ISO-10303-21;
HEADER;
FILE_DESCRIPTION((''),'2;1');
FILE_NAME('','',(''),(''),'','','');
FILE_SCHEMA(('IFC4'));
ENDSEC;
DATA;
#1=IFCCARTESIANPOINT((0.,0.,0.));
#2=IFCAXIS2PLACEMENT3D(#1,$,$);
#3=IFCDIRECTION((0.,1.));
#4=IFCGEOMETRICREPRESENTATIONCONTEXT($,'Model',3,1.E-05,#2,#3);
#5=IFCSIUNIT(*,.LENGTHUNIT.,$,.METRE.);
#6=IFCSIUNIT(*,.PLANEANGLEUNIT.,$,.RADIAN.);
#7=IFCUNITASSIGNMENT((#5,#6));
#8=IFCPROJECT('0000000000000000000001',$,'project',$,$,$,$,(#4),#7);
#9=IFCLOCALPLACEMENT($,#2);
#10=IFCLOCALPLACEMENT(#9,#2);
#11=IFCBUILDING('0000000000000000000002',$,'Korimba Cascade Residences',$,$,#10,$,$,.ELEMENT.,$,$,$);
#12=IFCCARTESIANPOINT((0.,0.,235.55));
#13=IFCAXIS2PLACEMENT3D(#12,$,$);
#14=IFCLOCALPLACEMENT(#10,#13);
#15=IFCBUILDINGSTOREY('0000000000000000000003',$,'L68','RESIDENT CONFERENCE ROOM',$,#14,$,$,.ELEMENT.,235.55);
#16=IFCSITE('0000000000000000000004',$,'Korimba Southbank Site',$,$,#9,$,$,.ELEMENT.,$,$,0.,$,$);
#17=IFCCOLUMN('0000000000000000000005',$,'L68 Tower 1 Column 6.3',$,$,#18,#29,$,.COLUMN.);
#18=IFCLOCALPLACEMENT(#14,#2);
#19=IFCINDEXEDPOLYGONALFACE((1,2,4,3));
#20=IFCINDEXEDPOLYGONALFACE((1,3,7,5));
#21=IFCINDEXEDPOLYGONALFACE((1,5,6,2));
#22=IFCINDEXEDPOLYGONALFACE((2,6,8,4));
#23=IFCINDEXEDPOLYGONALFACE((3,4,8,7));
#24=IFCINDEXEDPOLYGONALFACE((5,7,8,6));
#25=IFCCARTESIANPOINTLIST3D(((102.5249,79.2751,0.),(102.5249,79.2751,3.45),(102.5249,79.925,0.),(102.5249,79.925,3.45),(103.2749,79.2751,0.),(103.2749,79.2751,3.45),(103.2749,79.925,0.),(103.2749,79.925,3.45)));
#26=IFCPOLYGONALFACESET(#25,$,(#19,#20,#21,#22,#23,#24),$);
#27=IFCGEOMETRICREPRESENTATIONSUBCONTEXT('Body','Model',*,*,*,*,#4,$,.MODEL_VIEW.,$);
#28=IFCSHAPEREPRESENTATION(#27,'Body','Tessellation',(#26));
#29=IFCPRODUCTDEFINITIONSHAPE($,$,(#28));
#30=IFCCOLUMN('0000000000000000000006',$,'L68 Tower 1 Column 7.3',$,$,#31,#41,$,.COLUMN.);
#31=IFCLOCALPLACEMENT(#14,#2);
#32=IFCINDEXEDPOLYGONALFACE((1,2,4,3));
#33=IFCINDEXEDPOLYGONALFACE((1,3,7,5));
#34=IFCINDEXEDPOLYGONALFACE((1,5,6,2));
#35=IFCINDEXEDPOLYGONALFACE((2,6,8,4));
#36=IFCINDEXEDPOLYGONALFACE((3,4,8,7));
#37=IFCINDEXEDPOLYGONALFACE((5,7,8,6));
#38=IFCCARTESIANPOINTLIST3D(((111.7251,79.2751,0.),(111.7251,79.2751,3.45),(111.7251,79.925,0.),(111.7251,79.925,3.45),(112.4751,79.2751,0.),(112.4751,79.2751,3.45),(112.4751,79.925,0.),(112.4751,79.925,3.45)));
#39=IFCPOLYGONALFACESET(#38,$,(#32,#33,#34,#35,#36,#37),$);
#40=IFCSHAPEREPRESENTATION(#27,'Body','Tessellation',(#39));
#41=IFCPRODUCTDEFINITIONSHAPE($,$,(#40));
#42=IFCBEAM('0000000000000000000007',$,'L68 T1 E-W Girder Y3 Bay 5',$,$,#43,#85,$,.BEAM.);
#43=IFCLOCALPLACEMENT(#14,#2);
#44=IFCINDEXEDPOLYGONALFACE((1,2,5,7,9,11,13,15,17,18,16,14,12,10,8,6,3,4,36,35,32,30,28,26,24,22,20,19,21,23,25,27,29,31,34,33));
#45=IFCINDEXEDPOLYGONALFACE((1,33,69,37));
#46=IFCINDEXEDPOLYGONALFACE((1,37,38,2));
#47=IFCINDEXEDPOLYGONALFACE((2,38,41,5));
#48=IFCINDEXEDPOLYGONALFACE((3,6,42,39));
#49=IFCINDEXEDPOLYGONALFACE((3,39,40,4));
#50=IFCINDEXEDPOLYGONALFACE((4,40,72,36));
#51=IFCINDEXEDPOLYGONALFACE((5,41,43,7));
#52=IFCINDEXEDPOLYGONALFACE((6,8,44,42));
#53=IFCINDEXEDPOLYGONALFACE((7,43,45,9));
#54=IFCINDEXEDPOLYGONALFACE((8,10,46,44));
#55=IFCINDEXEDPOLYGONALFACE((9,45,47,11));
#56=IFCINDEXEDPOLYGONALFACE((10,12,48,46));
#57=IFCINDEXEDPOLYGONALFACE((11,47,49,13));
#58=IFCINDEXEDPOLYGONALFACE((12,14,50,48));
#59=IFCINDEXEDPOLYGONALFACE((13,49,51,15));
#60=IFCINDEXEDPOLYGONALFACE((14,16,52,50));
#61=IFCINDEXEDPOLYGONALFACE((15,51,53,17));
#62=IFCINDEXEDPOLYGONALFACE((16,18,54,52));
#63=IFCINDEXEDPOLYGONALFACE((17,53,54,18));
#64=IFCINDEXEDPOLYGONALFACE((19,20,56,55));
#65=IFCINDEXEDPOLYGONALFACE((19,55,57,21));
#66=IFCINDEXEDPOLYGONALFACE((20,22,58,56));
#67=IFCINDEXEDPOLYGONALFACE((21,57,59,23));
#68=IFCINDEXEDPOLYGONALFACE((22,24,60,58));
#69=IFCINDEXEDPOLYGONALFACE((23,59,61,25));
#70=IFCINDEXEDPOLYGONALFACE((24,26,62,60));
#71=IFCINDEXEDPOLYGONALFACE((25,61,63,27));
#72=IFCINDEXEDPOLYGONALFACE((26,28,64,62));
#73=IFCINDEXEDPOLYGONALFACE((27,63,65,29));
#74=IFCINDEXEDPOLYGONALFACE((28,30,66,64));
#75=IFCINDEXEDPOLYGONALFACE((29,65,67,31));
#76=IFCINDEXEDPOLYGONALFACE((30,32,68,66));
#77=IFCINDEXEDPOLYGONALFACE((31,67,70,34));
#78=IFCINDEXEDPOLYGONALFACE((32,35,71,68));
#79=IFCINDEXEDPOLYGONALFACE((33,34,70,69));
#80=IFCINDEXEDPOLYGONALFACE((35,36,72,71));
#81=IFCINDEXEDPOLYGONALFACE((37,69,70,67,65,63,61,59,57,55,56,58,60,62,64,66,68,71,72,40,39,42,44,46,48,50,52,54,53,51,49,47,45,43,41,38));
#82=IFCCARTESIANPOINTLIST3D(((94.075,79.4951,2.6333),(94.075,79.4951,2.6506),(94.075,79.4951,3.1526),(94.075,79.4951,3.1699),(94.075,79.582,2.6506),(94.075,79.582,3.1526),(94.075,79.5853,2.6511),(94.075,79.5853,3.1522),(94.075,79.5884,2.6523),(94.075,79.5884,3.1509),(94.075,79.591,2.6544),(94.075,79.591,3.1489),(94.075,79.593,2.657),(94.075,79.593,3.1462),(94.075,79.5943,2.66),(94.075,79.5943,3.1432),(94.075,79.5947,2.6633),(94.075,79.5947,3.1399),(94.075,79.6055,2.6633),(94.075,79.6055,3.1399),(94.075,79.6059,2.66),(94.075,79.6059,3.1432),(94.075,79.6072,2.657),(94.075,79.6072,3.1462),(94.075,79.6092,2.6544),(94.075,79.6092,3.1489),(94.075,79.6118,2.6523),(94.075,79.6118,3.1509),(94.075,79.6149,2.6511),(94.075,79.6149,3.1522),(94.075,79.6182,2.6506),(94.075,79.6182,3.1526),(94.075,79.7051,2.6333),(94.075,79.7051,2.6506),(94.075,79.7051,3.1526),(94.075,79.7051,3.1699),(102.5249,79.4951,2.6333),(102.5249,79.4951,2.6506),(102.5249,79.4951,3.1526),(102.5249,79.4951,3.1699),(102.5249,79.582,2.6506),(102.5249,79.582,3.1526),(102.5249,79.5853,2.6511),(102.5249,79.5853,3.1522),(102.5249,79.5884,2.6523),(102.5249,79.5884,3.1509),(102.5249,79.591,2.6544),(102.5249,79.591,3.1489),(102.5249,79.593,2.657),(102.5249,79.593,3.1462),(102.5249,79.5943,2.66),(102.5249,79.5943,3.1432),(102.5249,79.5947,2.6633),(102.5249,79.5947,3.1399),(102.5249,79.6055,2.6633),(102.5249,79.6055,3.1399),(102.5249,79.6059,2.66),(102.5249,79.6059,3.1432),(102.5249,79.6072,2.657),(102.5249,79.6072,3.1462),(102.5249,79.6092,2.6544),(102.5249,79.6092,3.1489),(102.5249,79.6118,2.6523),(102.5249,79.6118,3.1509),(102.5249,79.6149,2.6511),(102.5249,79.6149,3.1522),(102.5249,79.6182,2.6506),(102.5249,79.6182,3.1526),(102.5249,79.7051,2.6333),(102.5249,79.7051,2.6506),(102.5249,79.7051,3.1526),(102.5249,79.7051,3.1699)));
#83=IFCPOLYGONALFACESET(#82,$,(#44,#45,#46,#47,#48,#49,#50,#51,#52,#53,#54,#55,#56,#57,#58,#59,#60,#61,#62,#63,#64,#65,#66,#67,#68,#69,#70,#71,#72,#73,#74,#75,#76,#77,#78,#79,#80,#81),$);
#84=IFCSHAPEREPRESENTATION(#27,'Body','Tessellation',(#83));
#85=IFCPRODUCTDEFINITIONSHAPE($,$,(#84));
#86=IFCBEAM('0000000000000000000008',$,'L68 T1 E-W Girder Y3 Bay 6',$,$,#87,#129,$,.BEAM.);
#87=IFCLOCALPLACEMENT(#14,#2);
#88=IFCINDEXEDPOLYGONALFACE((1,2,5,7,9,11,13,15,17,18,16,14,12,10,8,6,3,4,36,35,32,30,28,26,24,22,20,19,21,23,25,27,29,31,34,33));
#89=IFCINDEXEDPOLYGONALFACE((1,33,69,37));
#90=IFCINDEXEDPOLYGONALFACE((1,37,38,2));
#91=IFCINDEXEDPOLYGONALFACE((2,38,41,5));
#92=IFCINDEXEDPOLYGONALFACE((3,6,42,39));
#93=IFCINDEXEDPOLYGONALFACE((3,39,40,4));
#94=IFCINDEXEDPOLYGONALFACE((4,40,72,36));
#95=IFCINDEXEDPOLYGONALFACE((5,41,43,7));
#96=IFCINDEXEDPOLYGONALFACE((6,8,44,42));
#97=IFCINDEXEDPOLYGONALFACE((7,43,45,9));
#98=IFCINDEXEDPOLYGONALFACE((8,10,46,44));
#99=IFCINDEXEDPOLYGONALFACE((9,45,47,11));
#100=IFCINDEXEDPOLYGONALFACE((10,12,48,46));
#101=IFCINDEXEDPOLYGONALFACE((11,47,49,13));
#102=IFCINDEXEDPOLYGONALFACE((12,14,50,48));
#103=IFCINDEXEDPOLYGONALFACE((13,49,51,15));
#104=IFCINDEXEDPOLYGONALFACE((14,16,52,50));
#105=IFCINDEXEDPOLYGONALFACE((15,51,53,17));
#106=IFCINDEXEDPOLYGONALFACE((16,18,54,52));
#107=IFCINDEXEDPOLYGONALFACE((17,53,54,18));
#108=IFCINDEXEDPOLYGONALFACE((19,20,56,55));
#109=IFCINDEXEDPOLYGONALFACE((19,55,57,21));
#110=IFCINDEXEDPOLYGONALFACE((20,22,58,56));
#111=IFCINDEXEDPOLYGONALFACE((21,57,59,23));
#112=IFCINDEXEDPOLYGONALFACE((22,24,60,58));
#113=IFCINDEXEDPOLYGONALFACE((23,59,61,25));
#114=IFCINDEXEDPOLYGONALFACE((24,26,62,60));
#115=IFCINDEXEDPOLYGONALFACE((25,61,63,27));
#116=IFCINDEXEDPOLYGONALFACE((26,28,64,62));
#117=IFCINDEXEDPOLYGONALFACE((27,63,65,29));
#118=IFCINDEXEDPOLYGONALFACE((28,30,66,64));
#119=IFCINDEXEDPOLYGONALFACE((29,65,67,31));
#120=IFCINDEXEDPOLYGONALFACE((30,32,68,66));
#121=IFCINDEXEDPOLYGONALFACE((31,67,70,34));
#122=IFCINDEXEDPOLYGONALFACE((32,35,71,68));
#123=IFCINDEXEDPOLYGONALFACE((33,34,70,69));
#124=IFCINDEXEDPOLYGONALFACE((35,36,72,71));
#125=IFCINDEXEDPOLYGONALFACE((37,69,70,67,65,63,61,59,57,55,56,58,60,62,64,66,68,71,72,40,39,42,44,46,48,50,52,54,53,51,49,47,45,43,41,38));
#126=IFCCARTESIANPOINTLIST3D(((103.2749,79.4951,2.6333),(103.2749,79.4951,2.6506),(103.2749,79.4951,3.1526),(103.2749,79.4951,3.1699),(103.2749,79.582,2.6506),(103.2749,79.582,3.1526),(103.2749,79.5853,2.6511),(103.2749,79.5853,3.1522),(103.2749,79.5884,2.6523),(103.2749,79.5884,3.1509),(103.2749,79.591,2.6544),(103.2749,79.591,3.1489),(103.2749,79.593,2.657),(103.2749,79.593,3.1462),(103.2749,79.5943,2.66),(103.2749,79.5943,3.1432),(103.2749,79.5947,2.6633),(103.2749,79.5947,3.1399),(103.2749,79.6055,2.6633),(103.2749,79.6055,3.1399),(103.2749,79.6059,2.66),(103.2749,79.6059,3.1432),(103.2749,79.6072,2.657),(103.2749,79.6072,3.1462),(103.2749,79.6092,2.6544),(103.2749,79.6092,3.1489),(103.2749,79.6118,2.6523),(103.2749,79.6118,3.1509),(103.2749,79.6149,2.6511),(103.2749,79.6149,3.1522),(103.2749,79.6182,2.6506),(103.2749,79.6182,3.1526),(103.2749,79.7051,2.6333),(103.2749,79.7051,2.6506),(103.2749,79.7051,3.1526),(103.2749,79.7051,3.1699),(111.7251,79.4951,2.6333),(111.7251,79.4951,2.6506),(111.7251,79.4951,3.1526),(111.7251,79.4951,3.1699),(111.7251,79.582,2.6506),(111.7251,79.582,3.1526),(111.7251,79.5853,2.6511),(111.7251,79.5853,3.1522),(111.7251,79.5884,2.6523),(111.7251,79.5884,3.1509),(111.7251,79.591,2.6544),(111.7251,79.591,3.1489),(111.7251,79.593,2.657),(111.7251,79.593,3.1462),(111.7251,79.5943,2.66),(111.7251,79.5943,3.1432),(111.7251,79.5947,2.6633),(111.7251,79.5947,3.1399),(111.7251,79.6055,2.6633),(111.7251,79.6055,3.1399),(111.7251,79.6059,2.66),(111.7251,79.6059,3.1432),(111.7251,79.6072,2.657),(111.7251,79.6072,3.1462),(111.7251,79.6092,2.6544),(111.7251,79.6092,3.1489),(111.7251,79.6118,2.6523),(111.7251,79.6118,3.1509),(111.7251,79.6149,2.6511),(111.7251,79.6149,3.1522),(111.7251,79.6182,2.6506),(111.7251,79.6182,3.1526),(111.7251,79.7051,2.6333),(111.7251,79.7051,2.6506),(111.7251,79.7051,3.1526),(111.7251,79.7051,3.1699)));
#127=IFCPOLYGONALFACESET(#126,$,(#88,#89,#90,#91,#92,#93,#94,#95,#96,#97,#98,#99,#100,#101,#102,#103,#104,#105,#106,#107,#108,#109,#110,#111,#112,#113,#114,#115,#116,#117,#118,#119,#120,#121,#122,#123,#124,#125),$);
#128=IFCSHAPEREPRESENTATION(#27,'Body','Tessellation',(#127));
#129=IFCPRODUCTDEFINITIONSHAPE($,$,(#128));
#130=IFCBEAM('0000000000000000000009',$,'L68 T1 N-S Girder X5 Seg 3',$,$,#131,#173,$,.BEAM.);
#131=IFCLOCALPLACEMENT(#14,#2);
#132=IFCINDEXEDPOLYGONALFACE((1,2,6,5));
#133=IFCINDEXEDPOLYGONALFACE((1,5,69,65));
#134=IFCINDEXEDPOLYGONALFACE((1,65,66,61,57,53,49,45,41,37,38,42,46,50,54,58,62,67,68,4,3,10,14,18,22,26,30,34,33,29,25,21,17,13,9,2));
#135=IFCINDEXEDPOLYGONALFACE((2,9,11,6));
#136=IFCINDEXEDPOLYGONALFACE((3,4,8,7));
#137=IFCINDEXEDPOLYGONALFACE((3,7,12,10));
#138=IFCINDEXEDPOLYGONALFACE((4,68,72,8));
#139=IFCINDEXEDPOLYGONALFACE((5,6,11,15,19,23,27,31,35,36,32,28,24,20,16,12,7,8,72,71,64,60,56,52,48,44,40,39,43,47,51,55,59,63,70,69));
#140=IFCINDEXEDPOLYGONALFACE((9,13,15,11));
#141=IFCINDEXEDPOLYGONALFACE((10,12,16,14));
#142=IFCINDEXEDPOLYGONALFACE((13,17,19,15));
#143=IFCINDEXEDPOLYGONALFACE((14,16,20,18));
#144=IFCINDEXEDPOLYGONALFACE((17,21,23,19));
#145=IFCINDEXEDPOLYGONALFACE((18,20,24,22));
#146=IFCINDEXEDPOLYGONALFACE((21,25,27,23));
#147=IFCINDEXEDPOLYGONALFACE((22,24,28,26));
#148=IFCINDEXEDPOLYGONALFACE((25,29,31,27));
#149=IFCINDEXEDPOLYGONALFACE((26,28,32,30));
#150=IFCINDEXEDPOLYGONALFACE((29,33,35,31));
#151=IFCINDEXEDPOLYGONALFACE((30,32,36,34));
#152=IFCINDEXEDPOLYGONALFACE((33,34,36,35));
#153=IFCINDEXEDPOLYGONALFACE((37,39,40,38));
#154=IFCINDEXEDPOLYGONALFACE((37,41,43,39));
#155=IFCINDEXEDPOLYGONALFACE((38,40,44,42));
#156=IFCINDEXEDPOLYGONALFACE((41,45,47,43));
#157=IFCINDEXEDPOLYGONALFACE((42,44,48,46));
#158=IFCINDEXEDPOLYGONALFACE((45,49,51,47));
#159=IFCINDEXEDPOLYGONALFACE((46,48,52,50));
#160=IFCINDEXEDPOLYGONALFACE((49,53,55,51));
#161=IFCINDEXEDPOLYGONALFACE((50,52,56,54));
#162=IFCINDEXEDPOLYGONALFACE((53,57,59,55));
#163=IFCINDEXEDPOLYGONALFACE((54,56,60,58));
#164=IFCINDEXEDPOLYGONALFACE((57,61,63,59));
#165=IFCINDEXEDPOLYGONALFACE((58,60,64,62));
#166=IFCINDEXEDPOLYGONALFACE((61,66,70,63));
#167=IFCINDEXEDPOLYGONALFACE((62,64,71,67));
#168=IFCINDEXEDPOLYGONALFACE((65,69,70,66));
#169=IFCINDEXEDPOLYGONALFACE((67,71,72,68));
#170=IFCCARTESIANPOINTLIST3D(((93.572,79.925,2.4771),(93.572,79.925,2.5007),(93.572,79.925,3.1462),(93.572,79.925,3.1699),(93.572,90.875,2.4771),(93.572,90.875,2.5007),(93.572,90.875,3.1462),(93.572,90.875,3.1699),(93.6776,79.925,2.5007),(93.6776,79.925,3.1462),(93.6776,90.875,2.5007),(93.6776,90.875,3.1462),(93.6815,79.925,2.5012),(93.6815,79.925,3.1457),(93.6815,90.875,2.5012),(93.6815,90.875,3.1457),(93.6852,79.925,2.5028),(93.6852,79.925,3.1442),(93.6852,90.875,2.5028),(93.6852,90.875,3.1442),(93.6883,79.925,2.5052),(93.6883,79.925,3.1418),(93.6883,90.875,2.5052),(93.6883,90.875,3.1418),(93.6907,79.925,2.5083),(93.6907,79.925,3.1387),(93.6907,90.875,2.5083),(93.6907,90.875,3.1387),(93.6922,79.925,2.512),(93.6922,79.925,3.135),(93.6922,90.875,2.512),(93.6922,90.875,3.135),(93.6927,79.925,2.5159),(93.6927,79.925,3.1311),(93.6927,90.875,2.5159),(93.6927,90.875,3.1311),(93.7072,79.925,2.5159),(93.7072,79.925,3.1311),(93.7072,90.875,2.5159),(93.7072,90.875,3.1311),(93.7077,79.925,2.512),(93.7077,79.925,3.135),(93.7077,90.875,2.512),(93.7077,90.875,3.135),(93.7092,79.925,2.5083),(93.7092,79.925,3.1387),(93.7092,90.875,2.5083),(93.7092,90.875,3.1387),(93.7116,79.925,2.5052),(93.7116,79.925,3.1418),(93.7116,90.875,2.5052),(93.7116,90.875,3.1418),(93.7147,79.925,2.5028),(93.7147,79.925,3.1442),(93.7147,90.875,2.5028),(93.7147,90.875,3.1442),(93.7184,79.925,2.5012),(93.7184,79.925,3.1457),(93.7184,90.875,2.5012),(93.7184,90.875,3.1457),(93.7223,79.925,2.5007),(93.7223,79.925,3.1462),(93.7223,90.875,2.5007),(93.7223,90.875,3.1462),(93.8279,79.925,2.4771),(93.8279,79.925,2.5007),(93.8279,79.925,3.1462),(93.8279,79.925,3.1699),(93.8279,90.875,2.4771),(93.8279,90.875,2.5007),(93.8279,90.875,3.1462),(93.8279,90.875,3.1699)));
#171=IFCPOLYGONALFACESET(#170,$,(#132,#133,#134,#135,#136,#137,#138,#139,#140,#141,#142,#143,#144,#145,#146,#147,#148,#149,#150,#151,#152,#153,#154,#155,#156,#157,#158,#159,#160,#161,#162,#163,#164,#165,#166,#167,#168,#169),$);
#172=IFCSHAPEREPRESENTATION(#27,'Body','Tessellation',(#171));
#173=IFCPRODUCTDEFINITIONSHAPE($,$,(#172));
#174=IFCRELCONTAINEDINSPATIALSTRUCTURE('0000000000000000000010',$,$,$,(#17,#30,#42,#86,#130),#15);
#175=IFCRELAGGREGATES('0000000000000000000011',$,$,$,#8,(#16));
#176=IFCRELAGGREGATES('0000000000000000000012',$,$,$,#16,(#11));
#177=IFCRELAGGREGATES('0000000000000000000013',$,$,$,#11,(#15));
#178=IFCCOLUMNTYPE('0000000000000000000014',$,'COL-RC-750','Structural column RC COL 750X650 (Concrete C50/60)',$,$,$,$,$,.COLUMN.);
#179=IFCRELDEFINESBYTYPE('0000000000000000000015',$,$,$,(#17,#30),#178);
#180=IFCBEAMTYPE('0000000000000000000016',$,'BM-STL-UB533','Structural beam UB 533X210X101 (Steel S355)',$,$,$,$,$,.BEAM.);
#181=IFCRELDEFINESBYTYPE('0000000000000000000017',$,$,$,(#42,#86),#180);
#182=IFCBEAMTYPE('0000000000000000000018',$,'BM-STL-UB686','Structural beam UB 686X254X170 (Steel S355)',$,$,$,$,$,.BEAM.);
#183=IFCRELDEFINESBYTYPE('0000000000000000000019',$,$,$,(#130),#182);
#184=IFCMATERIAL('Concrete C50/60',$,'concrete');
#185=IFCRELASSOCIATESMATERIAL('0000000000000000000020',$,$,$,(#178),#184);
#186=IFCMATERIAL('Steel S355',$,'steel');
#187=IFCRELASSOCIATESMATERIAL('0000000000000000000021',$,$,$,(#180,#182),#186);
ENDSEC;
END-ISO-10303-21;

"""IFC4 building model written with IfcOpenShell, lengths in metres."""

from ifc_helpers import new_model, si_unit, direction, frame, origin, origin_2d, place, context, subcontext, project, spatial, rectangle, i_section, extrude, material, material_profile, profile_set, type_object, element, save


model = new_model("IFC4")

# Units and contexts
model_context = context("Model", 3, precision=1e-05, world=origin(), true_north=direction((0.0, 1.0)))
body_context = subcontext(model_context, "Body", "Model", "MODEL_VIEW")
ifc_project = project(units=[si_unit("LENGTHUNIT", "METRE"), si_unit("PLANEANGLEUNIT", "RADIAN")], contexts=[model_context])

# Site, building, storey
site_placement = place(None, origin())
site = spatial("IfcSite", under=ifc_project, at=site_placement, Name="Korimba Southbank Site", CompositionType="ELEMENT", RefElevation=0.0)
building_placement = place(site_placement, origin())
building = spatial("IfcBuilding", under=site, at=building_placement, Name="Korimba Cascade Residences", CompositionType="ELEMENT")
storey_placement = place(building_placement, frame((0.0, 0.0, 235.55)))
storey = spatial("IfcBuildingStorey", under=building, at=storey_placement, Name="L68", Description="RESIDENT CONFERENCE ROOM", CompositionType="ELEMENT", Elevation=235.55)

# Columns
ifc_material_1 = material(Name="Concrete C50/60", Category="concrete")
ifc_material_profile_1 = material_profile(ifc_material_1, rectangle(XDim=0.75, YDim=0.6499, at=origin_2d()), Name="Concrete C50/60")
ifc_profile_set_1 = profile_set([ifc_material_profile_1], Name="Concrete C50/60")
column_type = type_object("IfcColumnType", Name="COL-RC-750", Description="Structural column RC COL 750X650 (Concrete C50/60)", PredefinedType="COLUMN", material=ifc_profile_set_1)
for number, where, z_axis, x_axis, name in (
    (1, (102.8999, 79.6001, 0.0), (0.0, 0.0, 1.0), (1.0, 0.0, 0.0), "L68 Tower 1 Column 6.3"),
    (2, (112.1001, 79.6001, 0.0), (0.0, 0.0, 1.0), (1.0, 0.0, 0.0), "L68 Tower 1 Column 7.3"),
):
    element("IfcColumn", number, at=place(storey_placement, frame(where, z_axis=z_axis, x_axis=x_axis)), inside=storey, type_object=column_type, Name=name, PredefinedType="COLUMN", context=body_context, shape_type="SweptSolid", body=[
        extrude(rectangle(XDim=0.75, YDim=0.6499, at=origin_2d()), origin(), (0.0, 0.0, 1.0), 3.45),
    ])

# Beams
ifc_material_2 = material(Name="Steel S355", Category="steel")
ifc_material_profile_2 = material_profile(ifc_material_2, i_section(OverallWidth=0.21, OverallDepth=0.5366, WebThickness=0.0107, FlangeThickness=0.0173, FilletRadius=0.0127, at=origin_2d()), Name="Steel S355")
ifc_profile_set_2 = profile_set([ifc_material_profile_2], Name="Steel S355")
beam_type_1 = type_object("IfcBeamType", Name="BM-STL-UB533", Description="Structural beam UB 533X210X101 (Steel S355)", PredefinedType="BEAM", material=ifc_profile_set_2)
beam_1_placement = place(storey_placement, frame((94.075, 79.6001, 2.9016), z_axis=(1.0, 0.0, 0.0), x_axis=(0.0, 1.0, 0.0)))
element("IfcBeam", 3, at=beam_1_placement, inside=storey, type_object=beam_type_1, Name="L68 T1 E-W Girder Y3 Bay 5", PredefinedType="BEAM", context=body_context, shape_type="SweptSolid", body=[
    extrude(i_section(OverallWidth=0.21, OverallDepth=0.5366, WebThickness=0.0107, FlangeThickness=0.0173, FilletRadius=0.0127, at=origin_2d()), origin(), (0.0, 0.0, 1.0), 8.45),
])
beam_2_placement = place(storey_placement, frame((103.2749, 79.6001, 2.9016), z_axis=(1.0, 0.0, 0.0), x_axis=(0.0, 1.0, 0.0)))
element("IfcBeam", 4, at=beam_2_placement, inside=storey, type_object=beam_type_1, Name="L68 T1 E-W Girder Y3 Bay 6", PredefinedType="BEAM", context=body_context, shape_type="SweptSolid", body=[
    extrude(i_section(OverallWidth=0.21, OverallDepth=0.5366, WebThickness=0.0107, FlangeThickness=0.0173, FilletRadius=0.0127, at=origin_2d()), origin(), (0.0, 0.0, 1.0), 8.4502),
])
ifc_material_profile_3 = material_profile(ifc_material_2, i_section(OverallWidth=0.2559, OverallDepth=0.6929, WebThickness=0.0144, FlangeThickness=0.0237, FilletRadius=0.0151, at=origin_2d()), Name="Steel S355")
ifc_profile_set_3 = profile_set([ifc_material_profile_3], Name="Steel S355")
beam_type_2 = type_object("IfcBeamType", Name="BM-STL-UB686", Description="Structural beam UB 686X254X170 (Steel S355)", PredefinedType="BEAM", material=ifc_profile_set_3)
for number, where, z_axis, x_axis, name in (
    (5, (93.7, 79.925, 2.8235), (0.0, 1.0, 0.0), (-1.0, 0.0, 0.0), "L68 T1 N-S Girder X5 Seg 3"),
):
    element("IfcBeam", number, at=place(storey_placement, frame(where, z_axis=z_axis, x_axis=x_axis)), inside=storey, type_object=beam_type_2, Name=name, PredefinedType="BEAM", context=body_context, shape_type="SweptSolid", body=[
        extrude(i_section(OverallWidth=0.2559, OverallDepth=0.6929, WebThickness=0.0144, FlangeThickness=0.0237, FilletRadius=0.0151, at=origin_2d()), origin(), (0.0, 0.0, 1.0), 10.95),
    ])

save(model, "model.ifc")
